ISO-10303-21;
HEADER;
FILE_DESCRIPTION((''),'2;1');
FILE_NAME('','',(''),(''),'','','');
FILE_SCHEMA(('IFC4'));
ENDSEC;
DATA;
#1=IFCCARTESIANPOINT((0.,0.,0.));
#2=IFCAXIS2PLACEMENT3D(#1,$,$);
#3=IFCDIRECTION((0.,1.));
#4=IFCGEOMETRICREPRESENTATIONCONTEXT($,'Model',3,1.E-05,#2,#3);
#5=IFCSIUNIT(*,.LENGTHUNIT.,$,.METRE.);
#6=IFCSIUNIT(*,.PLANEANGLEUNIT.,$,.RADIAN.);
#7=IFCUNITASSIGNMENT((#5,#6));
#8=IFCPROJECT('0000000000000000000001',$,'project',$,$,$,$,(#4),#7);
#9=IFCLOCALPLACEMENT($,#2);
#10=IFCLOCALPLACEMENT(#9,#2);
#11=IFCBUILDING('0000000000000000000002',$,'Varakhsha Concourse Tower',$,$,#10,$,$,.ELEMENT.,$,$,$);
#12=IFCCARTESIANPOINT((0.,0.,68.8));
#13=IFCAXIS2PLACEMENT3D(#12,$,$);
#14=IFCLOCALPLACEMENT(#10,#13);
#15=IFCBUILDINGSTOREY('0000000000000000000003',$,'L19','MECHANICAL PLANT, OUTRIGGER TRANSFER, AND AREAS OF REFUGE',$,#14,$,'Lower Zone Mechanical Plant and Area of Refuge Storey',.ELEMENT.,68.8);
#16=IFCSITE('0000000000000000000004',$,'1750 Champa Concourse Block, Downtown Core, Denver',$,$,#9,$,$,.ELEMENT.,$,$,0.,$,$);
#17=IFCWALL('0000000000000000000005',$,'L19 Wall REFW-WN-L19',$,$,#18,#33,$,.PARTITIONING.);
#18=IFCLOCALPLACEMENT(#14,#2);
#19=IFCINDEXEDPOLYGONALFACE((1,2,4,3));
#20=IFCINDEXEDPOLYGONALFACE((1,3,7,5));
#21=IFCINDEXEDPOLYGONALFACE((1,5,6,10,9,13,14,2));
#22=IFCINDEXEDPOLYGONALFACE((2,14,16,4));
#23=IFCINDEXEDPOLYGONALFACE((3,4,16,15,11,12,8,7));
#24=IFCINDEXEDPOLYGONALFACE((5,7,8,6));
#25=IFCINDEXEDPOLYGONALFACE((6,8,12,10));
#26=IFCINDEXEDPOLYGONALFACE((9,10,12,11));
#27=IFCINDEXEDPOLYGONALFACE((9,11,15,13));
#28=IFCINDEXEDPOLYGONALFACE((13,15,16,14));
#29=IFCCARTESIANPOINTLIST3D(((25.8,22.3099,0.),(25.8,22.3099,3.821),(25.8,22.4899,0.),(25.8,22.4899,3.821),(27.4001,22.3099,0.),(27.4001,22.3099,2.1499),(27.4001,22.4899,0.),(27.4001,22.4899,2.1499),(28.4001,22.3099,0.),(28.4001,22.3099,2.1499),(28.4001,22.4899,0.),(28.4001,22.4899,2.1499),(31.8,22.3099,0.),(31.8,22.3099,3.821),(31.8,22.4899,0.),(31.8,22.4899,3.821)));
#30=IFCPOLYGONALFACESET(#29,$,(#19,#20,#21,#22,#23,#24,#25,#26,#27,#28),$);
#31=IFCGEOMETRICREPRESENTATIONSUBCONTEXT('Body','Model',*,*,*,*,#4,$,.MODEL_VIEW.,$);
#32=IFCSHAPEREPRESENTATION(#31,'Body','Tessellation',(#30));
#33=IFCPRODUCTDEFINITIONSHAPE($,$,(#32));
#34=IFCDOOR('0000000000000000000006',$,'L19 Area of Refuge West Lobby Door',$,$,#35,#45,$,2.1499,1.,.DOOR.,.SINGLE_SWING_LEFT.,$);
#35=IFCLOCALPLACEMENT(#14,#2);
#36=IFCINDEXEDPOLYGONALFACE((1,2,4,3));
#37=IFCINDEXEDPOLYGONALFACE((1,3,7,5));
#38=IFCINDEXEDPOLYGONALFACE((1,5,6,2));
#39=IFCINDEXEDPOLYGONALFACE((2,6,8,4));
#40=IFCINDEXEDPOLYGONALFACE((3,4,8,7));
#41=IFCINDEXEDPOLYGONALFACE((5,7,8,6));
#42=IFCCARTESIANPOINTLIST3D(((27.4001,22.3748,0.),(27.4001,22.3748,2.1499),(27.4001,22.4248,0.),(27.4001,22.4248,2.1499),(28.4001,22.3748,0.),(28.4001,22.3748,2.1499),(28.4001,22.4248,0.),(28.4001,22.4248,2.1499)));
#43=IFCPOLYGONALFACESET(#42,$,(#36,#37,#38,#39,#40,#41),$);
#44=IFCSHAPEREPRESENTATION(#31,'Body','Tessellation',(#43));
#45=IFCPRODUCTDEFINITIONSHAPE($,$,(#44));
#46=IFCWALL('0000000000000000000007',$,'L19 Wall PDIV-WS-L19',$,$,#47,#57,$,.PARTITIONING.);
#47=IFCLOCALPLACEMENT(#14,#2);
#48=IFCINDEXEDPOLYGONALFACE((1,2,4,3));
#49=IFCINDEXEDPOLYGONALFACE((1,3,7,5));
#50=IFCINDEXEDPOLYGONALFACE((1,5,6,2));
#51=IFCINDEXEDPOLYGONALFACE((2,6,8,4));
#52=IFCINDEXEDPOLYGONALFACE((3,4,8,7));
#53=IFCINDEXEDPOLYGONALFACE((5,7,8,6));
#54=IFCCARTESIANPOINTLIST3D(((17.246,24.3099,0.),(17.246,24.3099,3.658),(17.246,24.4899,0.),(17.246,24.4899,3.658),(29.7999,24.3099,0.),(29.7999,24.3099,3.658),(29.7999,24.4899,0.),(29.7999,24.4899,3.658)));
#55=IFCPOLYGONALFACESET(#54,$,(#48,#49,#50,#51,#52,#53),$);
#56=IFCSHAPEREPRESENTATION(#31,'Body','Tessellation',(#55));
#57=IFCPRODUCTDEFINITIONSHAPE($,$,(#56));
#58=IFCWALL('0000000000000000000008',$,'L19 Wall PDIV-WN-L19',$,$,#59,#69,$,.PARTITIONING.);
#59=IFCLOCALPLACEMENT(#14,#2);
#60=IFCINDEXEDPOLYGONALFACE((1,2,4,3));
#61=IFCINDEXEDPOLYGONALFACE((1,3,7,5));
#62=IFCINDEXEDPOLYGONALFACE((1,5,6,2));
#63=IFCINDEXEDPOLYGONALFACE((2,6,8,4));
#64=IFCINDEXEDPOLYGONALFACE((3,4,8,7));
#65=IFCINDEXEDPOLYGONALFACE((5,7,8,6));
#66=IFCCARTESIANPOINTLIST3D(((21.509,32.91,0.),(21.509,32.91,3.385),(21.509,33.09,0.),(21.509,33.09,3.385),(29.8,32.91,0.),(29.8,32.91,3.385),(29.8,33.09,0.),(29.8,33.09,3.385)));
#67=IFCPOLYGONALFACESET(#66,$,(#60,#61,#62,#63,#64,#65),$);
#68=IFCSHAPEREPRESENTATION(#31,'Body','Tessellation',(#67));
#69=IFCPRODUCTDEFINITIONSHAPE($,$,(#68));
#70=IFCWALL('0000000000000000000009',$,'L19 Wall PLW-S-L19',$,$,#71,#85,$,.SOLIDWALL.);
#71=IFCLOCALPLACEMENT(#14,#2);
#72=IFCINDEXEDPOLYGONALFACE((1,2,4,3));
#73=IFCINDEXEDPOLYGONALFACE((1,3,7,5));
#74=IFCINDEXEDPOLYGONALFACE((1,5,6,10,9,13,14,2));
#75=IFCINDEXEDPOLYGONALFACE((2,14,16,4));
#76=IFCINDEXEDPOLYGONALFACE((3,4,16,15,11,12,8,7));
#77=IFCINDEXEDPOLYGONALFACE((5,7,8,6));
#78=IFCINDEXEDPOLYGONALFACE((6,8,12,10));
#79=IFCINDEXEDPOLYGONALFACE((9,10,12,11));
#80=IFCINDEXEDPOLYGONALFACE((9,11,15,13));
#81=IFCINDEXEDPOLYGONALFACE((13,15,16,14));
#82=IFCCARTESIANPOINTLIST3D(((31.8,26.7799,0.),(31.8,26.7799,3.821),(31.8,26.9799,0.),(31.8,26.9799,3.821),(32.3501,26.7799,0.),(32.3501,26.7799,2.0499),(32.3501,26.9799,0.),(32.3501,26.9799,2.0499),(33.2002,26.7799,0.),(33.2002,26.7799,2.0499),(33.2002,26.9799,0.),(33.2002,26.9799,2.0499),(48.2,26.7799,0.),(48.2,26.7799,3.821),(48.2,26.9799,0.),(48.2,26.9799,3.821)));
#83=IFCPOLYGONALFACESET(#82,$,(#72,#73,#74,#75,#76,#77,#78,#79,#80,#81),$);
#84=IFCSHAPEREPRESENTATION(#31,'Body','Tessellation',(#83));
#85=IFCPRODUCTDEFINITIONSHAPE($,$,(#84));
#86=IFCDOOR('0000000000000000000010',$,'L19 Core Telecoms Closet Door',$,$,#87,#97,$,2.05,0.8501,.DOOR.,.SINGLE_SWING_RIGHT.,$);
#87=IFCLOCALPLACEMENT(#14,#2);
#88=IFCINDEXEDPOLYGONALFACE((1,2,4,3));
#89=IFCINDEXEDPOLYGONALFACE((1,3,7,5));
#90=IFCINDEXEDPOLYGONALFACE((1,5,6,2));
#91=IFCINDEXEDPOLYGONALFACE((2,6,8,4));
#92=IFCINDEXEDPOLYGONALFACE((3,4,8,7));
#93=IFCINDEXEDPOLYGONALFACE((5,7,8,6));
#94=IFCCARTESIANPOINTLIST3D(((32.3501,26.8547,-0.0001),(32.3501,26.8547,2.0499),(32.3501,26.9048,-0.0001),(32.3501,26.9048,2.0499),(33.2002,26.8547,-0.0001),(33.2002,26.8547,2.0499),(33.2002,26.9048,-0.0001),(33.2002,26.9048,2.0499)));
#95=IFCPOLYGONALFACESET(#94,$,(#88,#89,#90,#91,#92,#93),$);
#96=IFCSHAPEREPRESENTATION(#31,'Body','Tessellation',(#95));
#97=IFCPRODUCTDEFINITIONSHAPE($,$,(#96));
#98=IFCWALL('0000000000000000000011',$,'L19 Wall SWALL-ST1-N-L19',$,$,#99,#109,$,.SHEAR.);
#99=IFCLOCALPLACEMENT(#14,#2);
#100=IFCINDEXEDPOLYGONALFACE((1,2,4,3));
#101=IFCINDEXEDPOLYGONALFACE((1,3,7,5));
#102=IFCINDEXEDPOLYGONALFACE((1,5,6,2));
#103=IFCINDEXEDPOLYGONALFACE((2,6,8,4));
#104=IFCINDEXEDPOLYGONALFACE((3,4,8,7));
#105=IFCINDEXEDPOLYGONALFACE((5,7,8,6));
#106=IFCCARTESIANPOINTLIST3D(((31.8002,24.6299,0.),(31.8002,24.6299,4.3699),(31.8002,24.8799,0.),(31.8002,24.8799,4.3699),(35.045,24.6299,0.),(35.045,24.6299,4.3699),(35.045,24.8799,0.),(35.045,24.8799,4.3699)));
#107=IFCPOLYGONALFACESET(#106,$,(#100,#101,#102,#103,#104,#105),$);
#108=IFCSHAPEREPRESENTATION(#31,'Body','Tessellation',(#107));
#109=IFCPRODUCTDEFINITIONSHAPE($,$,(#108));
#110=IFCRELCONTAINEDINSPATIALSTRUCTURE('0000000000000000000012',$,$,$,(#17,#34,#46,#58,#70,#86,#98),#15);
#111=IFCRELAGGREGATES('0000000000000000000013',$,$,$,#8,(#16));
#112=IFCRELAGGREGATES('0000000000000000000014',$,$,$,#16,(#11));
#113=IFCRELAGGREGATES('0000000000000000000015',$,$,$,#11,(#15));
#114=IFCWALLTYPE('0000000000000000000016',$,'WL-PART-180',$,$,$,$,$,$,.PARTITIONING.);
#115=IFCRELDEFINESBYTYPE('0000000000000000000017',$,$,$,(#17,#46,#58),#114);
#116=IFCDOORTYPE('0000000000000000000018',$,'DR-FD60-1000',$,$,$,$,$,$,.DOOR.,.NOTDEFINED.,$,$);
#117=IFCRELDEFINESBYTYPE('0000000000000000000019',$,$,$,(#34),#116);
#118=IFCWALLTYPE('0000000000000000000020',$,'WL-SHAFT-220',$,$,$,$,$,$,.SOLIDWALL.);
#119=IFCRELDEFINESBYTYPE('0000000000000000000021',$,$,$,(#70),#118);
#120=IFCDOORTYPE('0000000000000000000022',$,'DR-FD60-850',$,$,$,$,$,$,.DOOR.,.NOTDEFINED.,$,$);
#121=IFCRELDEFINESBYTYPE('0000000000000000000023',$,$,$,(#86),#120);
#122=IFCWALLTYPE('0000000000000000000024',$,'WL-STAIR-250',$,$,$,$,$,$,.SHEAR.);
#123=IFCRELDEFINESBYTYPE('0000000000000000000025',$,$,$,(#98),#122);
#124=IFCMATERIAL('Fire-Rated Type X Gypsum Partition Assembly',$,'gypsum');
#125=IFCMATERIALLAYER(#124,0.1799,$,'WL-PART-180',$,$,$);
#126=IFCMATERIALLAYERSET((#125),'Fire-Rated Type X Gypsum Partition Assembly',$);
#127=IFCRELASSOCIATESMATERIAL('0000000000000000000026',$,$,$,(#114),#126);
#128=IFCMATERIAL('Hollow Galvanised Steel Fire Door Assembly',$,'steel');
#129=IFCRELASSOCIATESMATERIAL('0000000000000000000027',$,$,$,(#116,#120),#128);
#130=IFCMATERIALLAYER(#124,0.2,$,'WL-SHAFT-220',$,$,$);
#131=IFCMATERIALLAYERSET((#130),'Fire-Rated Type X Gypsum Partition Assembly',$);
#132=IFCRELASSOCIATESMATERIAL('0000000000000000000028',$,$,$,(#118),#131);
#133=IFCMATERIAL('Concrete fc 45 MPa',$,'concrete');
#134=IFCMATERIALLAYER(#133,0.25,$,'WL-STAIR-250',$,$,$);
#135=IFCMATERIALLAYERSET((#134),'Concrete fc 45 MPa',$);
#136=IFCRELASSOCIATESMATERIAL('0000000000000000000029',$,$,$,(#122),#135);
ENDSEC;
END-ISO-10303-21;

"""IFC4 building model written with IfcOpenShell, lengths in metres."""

from ifc_helpers import new_model, si_unit, direction, frame, frame_2d, origin, place, context, subcontext, project, spatial, rectangle, extrude, material, layer, layer_set, type_object, element, fill, save


model = new_model("IFC4")

# Units and contexts
model_context = context("Model", 3, precision=1e-05, world=origin(), true_north=direction((0.0, 1.0)))
body_context = subcontext(model_context, "Body", "Model", "MODEL_VIEW")
ifc_project = project(units=[si_unit("LENGTHUNIT", "METRE"), si_unit("PLANEANGLEUNIT", "RADIAN")], contexts=[model_context])

# Site, building, storey
site_placement = place(None, origin())
site = spatial("IfcSite", under=ifc_project, at=site_placement, Name="1750 Champa Concourse Block, Downtown Core, Denver", CompositionType="ELEMENT", RefElevation=0.0)
building_placement = place(site_placement, origin())
building = spatial("IfcBuilding", under=site, at=building_placement, Name="Varakhsha Concourse Tower", CompositionType="ELEMENT")
storey_placement = place(building_placement, frame((0.0, 0.0, 68.8)))
storey = spatial("IfcBuildingStorey", under=building, at=storey_placement, Name="L19", Description="MECHANICAL PLANT, OUTRIGGER TRANSFER, AND AREAS OF REFUGE", LongName="Lower Zone Mechanical Plant and Area of Refuge Storey", CompositionType="ELEMENT", Elevation=68.8)

# Shared definitions
ifc_material_1 = material(Name="Fire-Rated Type X Gypsum Partition Assembly", Category="gypsum")
ifc_layer_1 = layer(ifc_material_1, 0.1799, Name="WL-PART-180")
ifc_layer_set_1 = layer_set([ifc_layer_1], Name="Fire-Rated Type X Gypsum Partition Assembly")
wall_type_1 = type_object("IfcWallType", Name="WL-PART-180", PredefinedType="PARTITIONING", material=ifc_layer_set_1)
ifc_material_2 = material(Name="Hollow Galvanised Steel Fire Door Assembly", Category="steel")
door_type_1 = type_object("IfcDoorType", Name="DR-FD60-1000", OperationType="NOTDEFINED", PredefinedType="DOOR", material=ifc_material_2)

# Wall, opening, door
wall_1_placement = place(storey_placement, frame((25.8, 22.3999, 0.0), z_axis=(0.0, 0.0, 1.0), x_axis=(1.0, 0.0, 0.0)))
wall_1 = element("IfcWall", 1, at=wall_1_placement, inside=storey, type_object=wall_type_1, Name="L19 Wall REFW-WN-L19", PredefinedType="PARTITIONING", context=body_context, shape_type="SweptSolid", body=[
    extrude(rectangle(XDim=6.0, YDim=0.1799, at=frame_2d((3.0, 0.0))), origin(), (0.0, 0.0, 1.0), 3.821),
])
opening_1_placement = place(wall_1_placement, frame((1.6001, 0.0, 0.0)))
opening_1 = element("IfcOpeningElement", 2, at=opening_1_placement, cuts=wall_1, PredefinedType="OPENING", context=body_context, shape_type="SweptSolid", body=[
    extrude(rectangle(XDim=1.0, YDim=2.1499, at=frame_2d((0.5, 1.075))), frame((0.0, 0.0999, 0.0), z_axis=(0.0, -1.0, 0.0), x_axis=(1.0, 0.0, 0.0)), (0.0, 0.0, 1.0), 0.2),
])
door_1_placement = place(opening_1_placement, origin())
door_1 = element("IfcDoor", 3, at=door_1_placement, inside=storey, type_object=door_type_1, Name="L19 Area of Refuge West Lobby Door", OperationType="SINGLE_SWING_LEFT", OverallHeight=2.1499, OverallWidth=1.0, PredefinedType="DOOR", context=body_context, shape_type="SweptSolid", body=[
    extrude(rectangle(XDim=1.0, YDim=2.1499, at=frame_2d((0.5, 1.075))), frame((0.0, 0.0249, 0.0), z_axis=(0.0, -1.0, 0.0), x_axis=(1.0, 0.0, 0.0)), (0.0, 0.0, 1.0), 0.05),
])
fill(opening_1, door_1)

# Walls
wall_2_placement = place(storey_placement, frame((17.2461, 24.3999, 0.0), z_axis=(0.0, 0.0, 1.0), x_axis=(1.0, 0.0, 0.0)))
element("IfcWall", 4, at=wall_2_placement, inside=storey, type_object=wall_type_1, Name="L19 Wall PDIV-WS-L19", PredefinedType="PARTITIONING", context=body_context, shape_type="SweptSolid", body=[
    extrude(rectangle(XDim=12.554, YDim=0.1799, at=frame_2d((6.2769, 0.0))), origin(), (0.0, 0.0, 1.0), 3.658),
])
wall_3_placement = place(storey_placement, frame((21.509, 33.0, 0.0), z_axis=(0.0, 0.0, 1.0), x_axis=(1.0, 0.0, 0.0)))
element("IfcWall", 5, at=wall_3_placement, inside=storey, type_object=wall_type_1, Name="L19 Wall PDIV-WN-L19", PredefinedType="PARTITIONING", context=body_context, shape_type="SweptSolid", body=[
    extrude(rectangle(XDim=8.291, YDim=0.1799, at=frame_2d((4.1455, 0.0))), origin(), (0.0, 0.0, 1.0), 3.385),
])

# Wall, opening, door
ifc_layer_2 = layer(ifc_material_1, 0.2, Name="WL-SHAFT-220")
ifc_layer_set_2 = layer_set([ifc_layer_2], Name="Fire-Rated Type X Gypsum Partition Assembly")
wall_type_2 = type_object("IfcWallType", Name="WL-SHAFT-220", PredefinedType="SOLIDWALL", material=ifc_layer_set_2)
wall_4_placement = place(storey_placement, frame((31.8, 26.8799, 0.0), z_axis=(0.0, 0.0, 1.0), x_axis=(1.0, 0.0, 0.0)))
wall_4 = element("IfcWall", 6, at=wall_4_placement, inside=storey, type_object=wall_type_2, Name="L19 Wall PLW-S-L19", PredefinedType="SOLIDWALL", context=body_context, shape_type="SweptSolid", body=[
    extrude(rectangle(XDim=16.3999, YDim=0.2, at=frame_2d((8.2, 0.0))), origin(), (0.0, 0.0, 1.0), 3.821),
])
opening_2_placement = place(wall_4_placement, frame((0.55, 0.0, 0.0)))
opening_2 = element("IfcOpeningElement", 7, at=opening_2_placement, cuts=wall_4, PredefinedType="OPENING", context=body_context, shape_type="SweptSolid", body=[
    extrude(rectangle(XDim=0.8501, YDim=2.05, at=frame_2d((0.425, 1.0249))), frame((0.0, 0.1099, 0.0), z_axis=(0.0, -1.0, 0.0), x_axis=(1.0, 0.0, 0.0)), (0.0, 0.0, 1.0), 0.22),
])
door_type_2 = type_object("IfcDoorType", Name="DR-FD60-850", OperationType="NOTDEFINED", PredefinedType="DOOR", material=ifc_material_2)
door_2_placement = place(opening_2_placement, origin())
door_2 = element("IfcDoor", 8, at=door_2_placement, inside=storey, type_object=door_type_2, Name="L19 Core Telecoms Closet Door", OperationType="SINGLE_SWING_RIGHT", OverallHeight=2.05, OverallWidth=0.8501, PredefinedType="DOOR", context=body_context, shape_type="SweptSolid", body=[
    extrude(rectangle(XDim=0.8501, YDim=2.05, at=frame_2d((0.425, 1.0249))), frame((0.0, 0.0249, 0.0), z_axis=(0.0, -1.0, 0.0), x_axis=(1.0, 0.0, 0.0)), (0.0, 0.0, 1.0), 0.05),
])
fill(opening_2, door_2)

# Wall
ifc_material_3 = material(Name="Concrete fc 45 MPa", Category="concrete")
ifc_layer_3 = layer(ifc_material_3, 0.25, Name="WL-STAIR-250")
ifc_layer_set_3 = layer_set([ifc_layer_3], Name="Concrete fc 45 MPa")
wall_type_3 = type_object("IfcWallType", Name="WL-STAIR-250", PredefinedType="SHEAR", material=ifc_layer_set_3)
wall_5_placement = place(storey_placement, frame((31.8, 24.7549, 0.0), z_axis=(0.0, 0.0, 1.0), x_axis=(1.0, 0.0, 0.0)))
element("IfcWall", 9, at=wall_5_placement, inside=storey, type_object=wall_type_3, Name="L19 Wall SWALL-ST1-N-L19", PredefinedType="SHEAR", context=body_context, shape_type="SweptSolid", body=[
    extrude(rectangle(XDim=3.2449, YDim=0.25, at=frame_2d((1.6226, 0.0))), origin(), (0.0, 0.0, 1.0), 4.3699),
])

save(model, "model.ifc")
